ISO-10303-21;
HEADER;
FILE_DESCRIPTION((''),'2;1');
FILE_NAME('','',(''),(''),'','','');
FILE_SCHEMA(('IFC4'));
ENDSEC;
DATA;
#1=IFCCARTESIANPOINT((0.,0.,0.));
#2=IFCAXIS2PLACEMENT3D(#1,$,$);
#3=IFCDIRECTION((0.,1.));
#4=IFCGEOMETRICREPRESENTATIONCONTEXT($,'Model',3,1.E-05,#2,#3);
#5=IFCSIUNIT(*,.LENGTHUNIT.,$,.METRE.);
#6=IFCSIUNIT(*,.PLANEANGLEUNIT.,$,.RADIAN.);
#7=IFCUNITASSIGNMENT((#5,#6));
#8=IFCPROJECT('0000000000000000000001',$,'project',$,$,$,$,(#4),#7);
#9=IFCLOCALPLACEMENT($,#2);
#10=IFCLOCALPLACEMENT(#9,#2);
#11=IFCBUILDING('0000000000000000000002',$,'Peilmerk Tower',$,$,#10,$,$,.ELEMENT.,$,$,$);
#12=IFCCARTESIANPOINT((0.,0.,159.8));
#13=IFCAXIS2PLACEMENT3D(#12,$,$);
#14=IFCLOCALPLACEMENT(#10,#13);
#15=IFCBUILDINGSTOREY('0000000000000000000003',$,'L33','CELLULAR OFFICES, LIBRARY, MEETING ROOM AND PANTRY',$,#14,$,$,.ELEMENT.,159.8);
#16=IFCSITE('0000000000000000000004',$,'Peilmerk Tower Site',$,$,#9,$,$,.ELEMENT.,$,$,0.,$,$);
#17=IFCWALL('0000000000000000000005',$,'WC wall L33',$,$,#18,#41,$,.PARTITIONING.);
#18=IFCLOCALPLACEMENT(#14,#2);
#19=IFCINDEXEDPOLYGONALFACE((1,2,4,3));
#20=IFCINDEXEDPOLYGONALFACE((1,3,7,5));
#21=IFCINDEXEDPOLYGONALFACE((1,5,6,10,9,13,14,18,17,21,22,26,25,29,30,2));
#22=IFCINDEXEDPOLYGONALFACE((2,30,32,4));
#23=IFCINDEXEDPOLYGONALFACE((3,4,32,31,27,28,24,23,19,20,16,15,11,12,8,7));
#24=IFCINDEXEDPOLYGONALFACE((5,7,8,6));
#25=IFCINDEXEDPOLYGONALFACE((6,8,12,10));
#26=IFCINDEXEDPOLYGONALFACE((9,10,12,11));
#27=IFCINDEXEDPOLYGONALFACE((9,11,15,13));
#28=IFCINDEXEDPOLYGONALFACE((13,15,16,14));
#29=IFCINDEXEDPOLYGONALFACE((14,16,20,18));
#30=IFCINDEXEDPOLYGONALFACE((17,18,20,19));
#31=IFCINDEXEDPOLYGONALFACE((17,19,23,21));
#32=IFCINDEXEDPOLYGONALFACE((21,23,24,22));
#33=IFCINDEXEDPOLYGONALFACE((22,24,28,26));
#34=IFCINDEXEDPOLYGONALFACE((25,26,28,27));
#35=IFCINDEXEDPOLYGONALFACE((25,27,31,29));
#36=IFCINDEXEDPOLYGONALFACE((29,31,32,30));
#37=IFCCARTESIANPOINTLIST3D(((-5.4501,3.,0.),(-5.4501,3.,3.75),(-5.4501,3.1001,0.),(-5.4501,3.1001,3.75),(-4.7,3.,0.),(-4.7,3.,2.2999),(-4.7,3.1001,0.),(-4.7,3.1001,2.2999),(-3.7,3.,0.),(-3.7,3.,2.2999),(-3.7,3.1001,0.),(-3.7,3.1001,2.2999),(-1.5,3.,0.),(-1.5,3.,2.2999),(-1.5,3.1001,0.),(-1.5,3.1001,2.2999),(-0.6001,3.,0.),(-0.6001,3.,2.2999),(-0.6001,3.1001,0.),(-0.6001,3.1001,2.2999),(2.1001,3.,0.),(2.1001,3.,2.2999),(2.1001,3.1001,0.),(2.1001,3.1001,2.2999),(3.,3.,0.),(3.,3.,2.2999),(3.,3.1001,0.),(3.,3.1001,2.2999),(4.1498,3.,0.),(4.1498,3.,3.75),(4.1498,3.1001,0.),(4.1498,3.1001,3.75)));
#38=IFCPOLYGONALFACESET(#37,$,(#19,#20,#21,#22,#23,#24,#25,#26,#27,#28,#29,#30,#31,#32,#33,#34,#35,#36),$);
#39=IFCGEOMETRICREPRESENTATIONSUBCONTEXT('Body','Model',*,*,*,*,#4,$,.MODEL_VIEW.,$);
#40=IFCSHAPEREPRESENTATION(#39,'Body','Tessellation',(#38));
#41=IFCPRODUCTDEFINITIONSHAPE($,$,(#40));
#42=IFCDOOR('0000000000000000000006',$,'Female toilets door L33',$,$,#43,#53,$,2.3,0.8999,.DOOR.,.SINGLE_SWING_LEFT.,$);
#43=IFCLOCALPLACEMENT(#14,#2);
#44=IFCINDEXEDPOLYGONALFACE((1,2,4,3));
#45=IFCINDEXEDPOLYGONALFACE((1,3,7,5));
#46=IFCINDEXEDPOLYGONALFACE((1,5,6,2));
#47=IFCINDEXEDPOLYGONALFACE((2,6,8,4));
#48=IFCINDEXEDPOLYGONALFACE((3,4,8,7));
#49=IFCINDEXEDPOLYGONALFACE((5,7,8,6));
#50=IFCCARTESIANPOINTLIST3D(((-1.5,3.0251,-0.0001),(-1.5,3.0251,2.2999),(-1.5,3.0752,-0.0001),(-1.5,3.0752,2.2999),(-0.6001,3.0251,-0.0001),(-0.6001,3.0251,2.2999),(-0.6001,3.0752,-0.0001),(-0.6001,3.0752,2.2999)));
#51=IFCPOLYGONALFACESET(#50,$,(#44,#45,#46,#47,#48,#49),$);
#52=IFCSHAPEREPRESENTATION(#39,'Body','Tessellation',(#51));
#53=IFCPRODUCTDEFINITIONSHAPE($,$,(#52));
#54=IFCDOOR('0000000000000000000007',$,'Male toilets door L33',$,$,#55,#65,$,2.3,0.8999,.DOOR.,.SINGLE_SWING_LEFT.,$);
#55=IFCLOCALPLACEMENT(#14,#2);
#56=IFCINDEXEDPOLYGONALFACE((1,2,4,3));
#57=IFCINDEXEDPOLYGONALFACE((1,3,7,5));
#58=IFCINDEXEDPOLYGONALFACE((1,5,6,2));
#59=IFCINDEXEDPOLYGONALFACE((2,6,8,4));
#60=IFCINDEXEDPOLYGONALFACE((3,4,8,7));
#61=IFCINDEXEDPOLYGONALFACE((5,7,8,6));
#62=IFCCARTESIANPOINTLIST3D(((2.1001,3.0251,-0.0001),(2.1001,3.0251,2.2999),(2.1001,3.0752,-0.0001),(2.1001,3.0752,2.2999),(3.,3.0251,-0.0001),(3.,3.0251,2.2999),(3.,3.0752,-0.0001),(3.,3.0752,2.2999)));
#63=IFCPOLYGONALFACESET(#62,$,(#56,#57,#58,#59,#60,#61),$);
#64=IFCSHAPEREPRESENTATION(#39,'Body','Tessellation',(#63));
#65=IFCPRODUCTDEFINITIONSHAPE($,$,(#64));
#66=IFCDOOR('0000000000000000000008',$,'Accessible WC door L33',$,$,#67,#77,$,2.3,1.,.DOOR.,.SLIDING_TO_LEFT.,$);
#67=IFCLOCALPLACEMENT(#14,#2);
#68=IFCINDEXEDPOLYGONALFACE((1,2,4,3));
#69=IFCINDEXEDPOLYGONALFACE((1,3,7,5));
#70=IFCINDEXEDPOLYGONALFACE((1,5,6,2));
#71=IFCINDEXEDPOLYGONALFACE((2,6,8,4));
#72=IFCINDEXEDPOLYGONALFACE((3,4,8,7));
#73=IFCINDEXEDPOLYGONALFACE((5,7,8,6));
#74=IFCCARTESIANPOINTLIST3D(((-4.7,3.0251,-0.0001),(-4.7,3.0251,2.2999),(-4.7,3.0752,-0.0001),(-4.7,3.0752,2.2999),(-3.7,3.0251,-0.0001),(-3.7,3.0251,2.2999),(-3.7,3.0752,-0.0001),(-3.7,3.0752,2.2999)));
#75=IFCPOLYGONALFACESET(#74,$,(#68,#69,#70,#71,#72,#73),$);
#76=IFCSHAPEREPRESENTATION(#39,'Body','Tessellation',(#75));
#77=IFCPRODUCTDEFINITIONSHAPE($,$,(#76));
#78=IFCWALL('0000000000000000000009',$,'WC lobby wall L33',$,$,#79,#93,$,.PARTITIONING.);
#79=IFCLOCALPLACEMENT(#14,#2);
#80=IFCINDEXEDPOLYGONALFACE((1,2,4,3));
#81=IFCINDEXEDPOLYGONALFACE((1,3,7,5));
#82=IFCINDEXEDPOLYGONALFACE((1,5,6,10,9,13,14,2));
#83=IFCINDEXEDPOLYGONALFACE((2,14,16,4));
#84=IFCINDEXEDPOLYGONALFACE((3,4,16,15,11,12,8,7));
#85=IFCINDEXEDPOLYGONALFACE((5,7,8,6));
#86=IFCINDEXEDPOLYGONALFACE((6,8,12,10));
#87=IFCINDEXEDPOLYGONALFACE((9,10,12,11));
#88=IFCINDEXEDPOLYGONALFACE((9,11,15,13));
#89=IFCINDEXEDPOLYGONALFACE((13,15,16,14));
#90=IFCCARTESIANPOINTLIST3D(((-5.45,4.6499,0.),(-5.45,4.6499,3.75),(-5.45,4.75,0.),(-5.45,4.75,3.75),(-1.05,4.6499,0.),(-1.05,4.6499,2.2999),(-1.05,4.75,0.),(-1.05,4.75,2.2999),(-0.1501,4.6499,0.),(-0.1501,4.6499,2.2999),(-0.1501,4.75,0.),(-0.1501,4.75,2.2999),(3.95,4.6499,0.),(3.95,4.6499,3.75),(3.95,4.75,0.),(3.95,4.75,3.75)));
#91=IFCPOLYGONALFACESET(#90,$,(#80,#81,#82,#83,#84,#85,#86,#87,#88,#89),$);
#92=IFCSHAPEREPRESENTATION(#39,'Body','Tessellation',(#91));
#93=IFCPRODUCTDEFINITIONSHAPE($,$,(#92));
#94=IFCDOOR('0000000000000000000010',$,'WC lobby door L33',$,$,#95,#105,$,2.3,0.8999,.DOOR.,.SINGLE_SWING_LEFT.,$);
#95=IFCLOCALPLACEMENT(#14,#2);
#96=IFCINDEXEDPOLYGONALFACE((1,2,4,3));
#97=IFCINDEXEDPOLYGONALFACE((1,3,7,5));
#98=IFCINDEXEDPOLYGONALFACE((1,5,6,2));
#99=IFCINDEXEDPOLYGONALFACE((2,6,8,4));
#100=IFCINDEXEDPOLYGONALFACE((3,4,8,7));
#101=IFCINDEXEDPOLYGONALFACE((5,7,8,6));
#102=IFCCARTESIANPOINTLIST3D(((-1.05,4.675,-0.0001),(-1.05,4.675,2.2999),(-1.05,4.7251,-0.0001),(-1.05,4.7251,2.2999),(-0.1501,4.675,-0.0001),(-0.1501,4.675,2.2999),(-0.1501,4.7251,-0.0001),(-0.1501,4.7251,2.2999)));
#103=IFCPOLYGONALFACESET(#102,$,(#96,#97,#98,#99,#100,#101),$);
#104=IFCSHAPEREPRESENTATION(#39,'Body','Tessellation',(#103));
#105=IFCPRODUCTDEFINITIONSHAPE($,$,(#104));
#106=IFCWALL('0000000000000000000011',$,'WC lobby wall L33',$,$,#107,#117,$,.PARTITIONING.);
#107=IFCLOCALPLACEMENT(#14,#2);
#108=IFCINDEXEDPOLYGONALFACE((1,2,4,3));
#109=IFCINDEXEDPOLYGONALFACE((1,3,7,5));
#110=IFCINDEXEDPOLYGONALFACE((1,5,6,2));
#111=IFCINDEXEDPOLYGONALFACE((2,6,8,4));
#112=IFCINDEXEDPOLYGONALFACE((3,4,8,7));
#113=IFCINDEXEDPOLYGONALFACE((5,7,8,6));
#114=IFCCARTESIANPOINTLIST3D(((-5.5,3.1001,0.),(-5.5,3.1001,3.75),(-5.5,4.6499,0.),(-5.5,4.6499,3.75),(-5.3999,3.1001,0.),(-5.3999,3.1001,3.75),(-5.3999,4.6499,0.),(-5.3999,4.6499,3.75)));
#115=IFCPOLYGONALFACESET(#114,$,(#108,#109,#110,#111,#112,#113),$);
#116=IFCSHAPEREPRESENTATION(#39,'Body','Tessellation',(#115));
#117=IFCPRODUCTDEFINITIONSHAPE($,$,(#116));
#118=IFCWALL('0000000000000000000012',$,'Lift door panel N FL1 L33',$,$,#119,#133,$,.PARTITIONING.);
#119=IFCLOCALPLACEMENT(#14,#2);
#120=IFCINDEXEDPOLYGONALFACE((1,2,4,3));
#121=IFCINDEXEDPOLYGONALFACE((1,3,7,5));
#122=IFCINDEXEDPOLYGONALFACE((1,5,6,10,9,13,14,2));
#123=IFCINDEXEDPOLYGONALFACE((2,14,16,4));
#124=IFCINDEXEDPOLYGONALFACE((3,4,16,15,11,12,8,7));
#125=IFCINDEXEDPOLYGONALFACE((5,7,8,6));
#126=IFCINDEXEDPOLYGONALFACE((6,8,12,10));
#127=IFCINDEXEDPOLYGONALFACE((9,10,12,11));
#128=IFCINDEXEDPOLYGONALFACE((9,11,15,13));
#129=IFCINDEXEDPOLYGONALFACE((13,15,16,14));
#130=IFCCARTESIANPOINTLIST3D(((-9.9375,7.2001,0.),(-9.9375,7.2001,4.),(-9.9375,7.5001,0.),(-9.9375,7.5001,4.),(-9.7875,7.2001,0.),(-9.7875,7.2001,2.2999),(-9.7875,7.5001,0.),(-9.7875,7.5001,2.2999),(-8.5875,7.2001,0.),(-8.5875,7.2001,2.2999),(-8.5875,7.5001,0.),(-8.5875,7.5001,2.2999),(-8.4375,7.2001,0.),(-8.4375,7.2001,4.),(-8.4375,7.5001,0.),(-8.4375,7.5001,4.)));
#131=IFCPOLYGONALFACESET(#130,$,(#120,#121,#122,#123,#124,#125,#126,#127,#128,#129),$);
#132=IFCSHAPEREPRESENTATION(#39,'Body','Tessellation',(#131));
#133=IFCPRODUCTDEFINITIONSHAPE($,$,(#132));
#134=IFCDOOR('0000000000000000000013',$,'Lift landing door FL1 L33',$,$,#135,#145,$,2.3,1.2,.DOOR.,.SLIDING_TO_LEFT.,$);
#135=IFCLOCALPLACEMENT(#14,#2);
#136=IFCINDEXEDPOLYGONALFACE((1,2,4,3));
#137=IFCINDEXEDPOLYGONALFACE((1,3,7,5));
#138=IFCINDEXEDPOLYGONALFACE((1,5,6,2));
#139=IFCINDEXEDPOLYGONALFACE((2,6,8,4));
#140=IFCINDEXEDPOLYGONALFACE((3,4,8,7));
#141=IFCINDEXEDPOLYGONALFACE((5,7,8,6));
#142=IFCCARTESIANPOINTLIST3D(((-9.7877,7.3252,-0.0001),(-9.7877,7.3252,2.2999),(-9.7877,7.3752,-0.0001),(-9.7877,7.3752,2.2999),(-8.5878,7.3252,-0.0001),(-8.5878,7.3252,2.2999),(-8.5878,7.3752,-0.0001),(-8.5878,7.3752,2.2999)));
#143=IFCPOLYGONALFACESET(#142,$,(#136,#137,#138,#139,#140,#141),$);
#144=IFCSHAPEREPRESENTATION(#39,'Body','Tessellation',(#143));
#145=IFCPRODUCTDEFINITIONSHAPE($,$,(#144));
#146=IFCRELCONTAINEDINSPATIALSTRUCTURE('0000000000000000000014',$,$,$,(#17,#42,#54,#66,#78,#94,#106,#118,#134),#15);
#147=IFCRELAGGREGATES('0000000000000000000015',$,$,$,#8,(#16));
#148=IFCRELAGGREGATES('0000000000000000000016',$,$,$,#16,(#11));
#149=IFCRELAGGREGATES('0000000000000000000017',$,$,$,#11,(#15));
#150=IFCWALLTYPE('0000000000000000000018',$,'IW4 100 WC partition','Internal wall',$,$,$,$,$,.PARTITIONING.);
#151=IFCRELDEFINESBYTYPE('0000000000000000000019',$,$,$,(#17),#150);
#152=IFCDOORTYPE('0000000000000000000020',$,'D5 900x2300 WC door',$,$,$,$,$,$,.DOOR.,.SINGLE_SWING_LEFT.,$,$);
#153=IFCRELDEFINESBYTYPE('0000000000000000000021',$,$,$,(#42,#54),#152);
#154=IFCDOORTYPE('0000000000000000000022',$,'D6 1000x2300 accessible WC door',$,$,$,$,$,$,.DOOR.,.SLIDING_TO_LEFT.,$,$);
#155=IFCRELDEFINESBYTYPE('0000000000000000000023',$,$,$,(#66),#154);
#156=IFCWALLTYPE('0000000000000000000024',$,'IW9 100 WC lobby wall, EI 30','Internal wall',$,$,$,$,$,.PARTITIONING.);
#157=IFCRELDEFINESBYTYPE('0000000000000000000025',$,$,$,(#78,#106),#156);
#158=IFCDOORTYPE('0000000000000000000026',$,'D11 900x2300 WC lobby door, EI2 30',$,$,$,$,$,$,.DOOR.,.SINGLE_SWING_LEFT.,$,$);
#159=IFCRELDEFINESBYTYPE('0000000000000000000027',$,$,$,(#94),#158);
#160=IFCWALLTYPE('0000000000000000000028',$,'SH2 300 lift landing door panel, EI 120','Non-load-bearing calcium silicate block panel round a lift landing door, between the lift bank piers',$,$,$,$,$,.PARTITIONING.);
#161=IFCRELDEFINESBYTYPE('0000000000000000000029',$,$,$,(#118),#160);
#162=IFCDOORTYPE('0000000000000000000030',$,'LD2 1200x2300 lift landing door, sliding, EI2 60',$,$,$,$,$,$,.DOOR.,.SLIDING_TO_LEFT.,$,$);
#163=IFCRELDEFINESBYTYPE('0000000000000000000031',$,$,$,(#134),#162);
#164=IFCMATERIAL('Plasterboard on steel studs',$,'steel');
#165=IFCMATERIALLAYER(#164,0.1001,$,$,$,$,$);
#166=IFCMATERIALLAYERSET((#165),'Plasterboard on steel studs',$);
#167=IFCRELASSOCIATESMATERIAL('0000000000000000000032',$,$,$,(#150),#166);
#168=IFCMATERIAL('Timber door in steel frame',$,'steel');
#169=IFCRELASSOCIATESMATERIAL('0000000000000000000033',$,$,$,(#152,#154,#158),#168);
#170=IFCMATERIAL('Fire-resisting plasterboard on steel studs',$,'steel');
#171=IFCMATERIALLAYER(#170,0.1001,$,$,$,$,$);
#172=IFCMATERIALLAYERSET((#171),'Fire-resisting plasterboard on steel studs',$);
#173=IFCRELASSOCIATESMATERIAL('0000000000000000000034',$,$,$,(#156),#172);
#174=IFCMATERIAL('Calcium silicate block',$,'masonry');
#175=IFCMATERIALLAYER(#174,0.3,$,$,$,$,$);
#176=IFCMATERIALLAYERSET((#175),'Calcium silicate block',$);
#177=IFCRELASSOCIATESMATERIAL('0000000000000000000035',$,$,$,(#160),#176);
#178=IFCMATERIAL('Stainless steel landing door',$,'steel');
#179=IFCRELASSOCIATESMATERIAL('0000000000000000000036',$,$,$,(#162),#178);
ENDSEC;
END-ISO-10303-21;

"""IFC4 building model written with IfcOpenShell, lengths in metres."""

from ifc_helpers import new_model, si_unit, direction, frame, frame_2d, origin, place, context, subcontext, project, spatial, rectangle, extrude, material, layer, layer_set, type_object, element, fill, save


model = new_model("IFC4")

# Units and contexts
model_context = context("Model", 3, precision=1e-05, world=origin(), true_north=direction((0.0, 1.0)))
body_context = subcontext(model_context, "Body", "Model", "MODEL_VIEW")
ifc_project = project(units=[si_unit("LENGTHUNIT", "METRE"), si_unit("PLANEANGLEUNIT", "RADIAN")], contexts=[model_context])

# Site, building, storey
site_placement = place(None, origin())
site = spatial("IfcSite", under=ifc_project, at=site_placement, Name="Peilmerk Tower Site", CompositionType="ELEMENT", RefElevation=0.0)
building_placement = place(site_placement, origin())
building = spatial("IfcBuilding", under=site, at=building_placement, Name="Peilmerk Tower", CompositionType="ELEMENT")
storey_placement = place(building_placement, frame((0.0, 0.0, 159.8)))
storey = spatial("IfcBuildingStorey", under=building, at=storey_placement, Name="L33", Description="CELLULAR OFFICES, LIBRARY, MEETING ROOM AND PANTRY", CompositionType="ELEMENT", Elevation=159.8)

# Wall, openings, doors
ifc_material_1 = material(Name="Plasterboard on steel studs", Category="steel")
ifc_layer_1 = layer(ifc_material_1, 0.1001)
ifc_layer_set_1 = layer_set([ifc_layer_1], Name="Plasterboard on steel studs")
wall_type_1 = type_object("IfcWallType", Name="IW4 100 WC partition", Description="Internal wall", PredefinedType="PARTITIONING", material=ifc_layer_set_1)
wall_1_placement = place(storey_placement, frame((-5.45, 3.05, 0.0), z_axis=(0.0, 0.0, 1.0), x_axis=(1.0, 0.0, 0.0)))
wall_1 = element("IfcWall", 1, at=wall_1_placement, inside=storey, type_object=wall_type_1, Name="WC wall L33", PredefinedType="PARTITIONING", context=body_context, shape_type="SweptSolid", body=[
    extrude(rectangle(XDim=9.5999, YDim=0.1001, at=frame_2d((4.7998, 0.0))), origin(), (0.0, 0.0, 1.0), 3.75),
])
opening_1_placement = place(wall_1_placement, frame((0.75, 0.0, 0.0)))
opening_1 = element("IfcOpeningElement", 2, at=opening_1_placement, cuts=wall_1, PredefinedType="OPENING", context=body_context, shape_type="SweptSolid", body=[
    extrude(rectangle(XDim=1.0, YDim=2.3, at=frame_2d((0.5, 1.1499))), frame((0.0, 0.0601, 0.0), z_axis=(0.0, -1.0, 0.0), x_axis=(1.0, 0.0, 0.0)), (0.0, 0.0, 1.0), 0.1201),
])
opening_2_placement = place(wall_1_placement, frame((3.95, 0.0, 0.0)))
opening_2 = element("IfcOpeningElement", 3, at=opening_2_placement, cuts=wall_1, PredefinedType="OPENING", context=body_context, shape_type="SweptSolid", body=[
    extrude(rectangle(XDim=0.8999, YDim=2.3, at=frame_2d((0.45, 1.1499))), frame((0.0, 0.0601, 0.0), z_axis=(0.0, -1.0, 0.0), x_axis=(1.0, 0.0, 0.0)), (0.0, 0.0, 1.0), 0.1201),
])
opening_3_placement = place(wall_1_placement, frame((7.55, 0.0, 0.0)))
opening_3 = element("IfcOpeningElement", 4, at=opening_3_placement, cuts=wall_1, PredefinedType="OPENING", context=body_context, shape_type="SweptSolid", body=[
    extrude(rectangle(XDim=0.8999, YDim=2.3, at=frame_2d((0.45, 1.1499))), frame((0.0, 0.0601, 0.0), z_axis=(0.0, -1.0, 0.0), x_axis=(1.0, 0.0, 0.0)), (0.0, 0.0, 1.0), 0.1201),
])
ifc_material_2 = material(Name="Timber door in steel frame", Category="steel")
door_type_1 = type_object("IfcDoorType", Name="D5 900x2300 WC door", OperationType="SINGLE_SWING_LEFT", PredefinedType="DOOR", material=ifc_material_2)
door_1_placement = place(opening_2_placement, frame((0.8999, 0.0, 0.0), z_axis=(0.0, 0.0, 1.0), x_axis=(-1.0, 0.0, 0.0)))
door_1 = element("IfcDoor", 5, at=door_1_placement, inside=storey, type_object=door_type_1, Name="Female toilets door L33", OperationType="SINGLE_SWING_LEFT", OverallHeight=2.3, OverallWidth=0.8999, PredefinedType="DOOR", context=body_context, shape_type="SweptSolid", body=[
    extrude(rectangle(XDim=0.8999, YDim=2.3, at=frame_2d((0.45, 1.1499))), frame((0.0, 0.0249, 0.0), z_axis=(0.0, -1.0, 0.0), x_axis=(1.0, 0.0, 0.0)), (0.0, 0.0, 1.0), 0.05),
])
fill(opening_2, door_1)
door_2_placement = place(opening_3_placement, frame((0.8999, 0.0, 0.0), z_axis=(0.0, 0.0, 1.0), x_axis=(-1.0, 0.0, 0.0)))
door_2 = element("IfcDoor", 6, at=door_2_placement, inside=storey, type_object=door_type_1, Name="Male toilets door L33", OperationType="SINGLE_SWING_LEFT", OverallHeight=2.3, OverallWidth=0.8999, PredefinedType="DOOR", context=body_context, shape_type="SweptSolid", body=[
    extrude(rectangle(XDim=0.8999, YDim=2.3, at=frame_2d((0.45, 1.1499))), frame((0.0, 0.0249, 0.0), z_axis=(0.0, -1.0, 0.0), x_axis=(1.0, 0.0, 0.0)), (0.0, 0.0, 1.0), 0.05),
])
fill(opening_3, door_2)
door_type_2 = type_object("IfcDoorType", Name="D6 1000x2300 accessible WC door", OperationType="SLIDING_TO_LEFT", PredefinedType="DOOR", material=ifc_material_2)
door_3_placement = place(opening_1_placement, frame((1.0, 0.0, 0.0), z_axis=(0.0, 0.0, 1.0), x_axis=(-1.0, 0.0, 0.0)))
door_3 = element("IfcDoor", 7, at=door_3_placement, inside=storey, type_object=door_type_2, Name="Accessible WC door L33", OperationType="SLIDING_TO_LEFT", OverallHeight=2.3, OverallWidth=1.0, PredefinedType="DOOR", context=body_context, shape_type="SweptSolid", body=[
    extrude(rectangle(XDim=1.0, YDim=2.3, at=frame_2d((0.5, 1.1499))), frame((0.0, 0.0249, 0.0), z_axis=(0.0, -1.0, 0.0), x_axis=(1.0, 0.0, 0.0)), (0.0, 0.0, 1.0), 0.05),
])
fill(opening_1, door_3)

# Wall, opening, door
ifc_material_3 = material(Name="Fire-resisting plasterboard on steel studs", Category="steel")
ifc_layer_2 = layer(ifc_material_3, 0.1001)
ifc_layer_set_2 = layer_set([ifc_layer_2], Name="Fire-resisting plasterboard on steel studs")
wall_type_2 = type_object("IfcWallType", Name="IW9 100 WC lobby wall, EI 30", Description="Internal wall", PredefinedType="PARTITIONING", material=ifc_layer_set_2)
wall_2_placement = place(storey_placement, frame((-5.45, 4.7, 0.0), z_axis=(0.0, 0.0, 1.0), x_axis=(1.0, 0.0, 0.0)))
wall_2 = element("IfcWall", 8, at=wall_2_placement, inside=storey, type_object=wall_type_2, Name="WC lobby wall L33", PredefinedType="PARTITIONING", context=body_context, shape_type="SweptSolid", body=[
    extrude(rectangle(XDim=9.3999, YDim=0.1001, at=frame_2d((4.7, 0.0))), origin(), (0.0, 0.0, 1.0), 3.75),
])
opening_4_placement = place(wall_2_placement, frame((4.3999, 0.0, 0.0)))
opening_4 = element("IfcOpeningElement", 9, at=opening_4_placement, cuts=wall_2, PredefinedType="OPENING", context=body_context, shape_type="SweptSolid", body=[
    extrude(rectangle(XDim=0.8999, YDim=2.3, at=frame_2d((0.45, 1.1499))), frame((0.0, 0.0601, 0.0), z_axis=(0.0, -1.0, 0.0), x_axis=(1.0, 0.0, 0.0)), (0.0, 0.0, 1.0), 0.1201),
])
door_type_3 = type_object("IfcDoorType", Name="D11 900x2300 WC lobby door, EI2 30", OperationType="SINGLE_SWING_LEFT", PredefinedType="DOOR", material=ifc_material_2)
door_4_placement = place(opening_4_placement, frame((0.8999, 0.0, 0.0), z_axis=(0.0, 0.0, 1.0), x_axis=(-1.0, 0.0, 0.0)))
door_4 = element("IfcDoor", 10, at=door_4_placement, inside=storey, type_object=door_type_3, Name="WC lobby door L33", OperationType="SINGLE_SWING_LEFT", OverallHeight=2.3, OverallWidth=0.8999, PredefinedType="DOOR", context=body_context, shape_type="SweptSolid", body=[
    extrude(rectangle(XDim=0.8999, YDim=2.3, at=frame_2d((0.45, 1.1499))), frame((0.0, 0.0249, 0.0), z_axis=(0.0, -1.0, 0.0), x_axis=(1.0, 0.0, 0.0)), (0.0, 0.0, 1.0), 0.05),
])
fill(opening_4, door_4)

# Wall
wall_3_placement = place(storey_placement, frame((-5.45, 3.1001, 0.0), z_axis=(0.0, 0.0, 1.0), x_axis=(0.0, 1.0, 0.0)))
element("IfcWall", 11, at=wall_3_placement, inside=storey, type_object=wall_type_2, Name="WC lobby wall L33", PredefinedType="PARTITIONING", context=body_context, shape_type="SweptSolid", body=[
    extrude(rectangle(XDim=1.5498, YDim=0.1001, at=frame_2d((0.7749, 0.0))), origin(), (0.0, 0.0, 1.0), 3.75),
])

# Wall, opening, door
ifc_material_4 = material(Name="Calcium silicate block", Category="masonry")
ifc_layer_3 = layer(ifc_material_4, 0.3)
ifc_layer_set_3 = layer_set([ifc_layer_3], Name="Calcium silicate block")
wall_type_3 = type_object("IfcWallType", Name="SH2 300 lift landing door panel, EI 120", Description="Non-load-bearing calcium silicate block panel round a lift landing door, between the lift bank piers", PredefinedType="PARTITIONING", material=ifc_layer_set_3)
wall_4_placement = place(storey_placement, frame((-9.9375, 7.3501, 0.0), z_axis=(0.0, 0.0, 1.0), x_axis=(1.0, 0.0, 0.0)))
wall_4 = element("IfcWall", 12, at=wall_4_placement, inside=storey, type_object=wall_type_3, Name="Lift door panel N FL1 L33", PredefinedType="PARTITIONING", context=body_context, shape_type="SweptSolid", body=[
    extrude(rectangle(XDim=1.5, YDim=0.3, at=frame_2d((0.75, 0.0))), origin(), (0.0, 0.0, 1.0), 4.0),
])
opening_5_placement = place(wall_4_placement, frame((0.1499, 0.0, 0.0)))
opening_5 = element("IfcOpeningElement", 13, at=opening_5_placement, cuts=wall_4, PredefinedType="OPENING", context=body_context, shape_type="SweptSolid", body=[
    extrude(rectangle(XDim=1.2, YDim=2.3, at=frame_2d((0.6001, 1.1499))), frame((0.0, 0.1599, 0.0), z_axis=(0.0, -1.0, 0.0), x_axis=(1.0, 0.0, 0.0)), (0.0, 0.0, 1.0), 0.3201),
])
ifc_material_5 = material(Name="Stainless steel landing door", Category="steel")
door_type_4 = type_object("IfcDoorType", Name="LD2 1200x2300 lift landing door, sliding, EI2 60", OperationType="SLIDING_TO_LEFT", PredefinedType="DOOR", material=ifc_material_5)
door_5_placement = place(opening_5_placement, frame((1.2, 0.0, 0.0), z_axis=(0.0, 0.0, 1.0), x_axis=(-1.0, 0.0, 0.0)))
door_5 = element("IfcDoor", 14, at=door_5_placement, inside=storey, type_object=door_type_4, Name="Lift landing door FL1 L33", OperationType="SLIDING_TO_LEFT", OverallHeight=2.3, OverallWidth=1.2, PredefinedType="DOOR", context=body_context, shape_type="SweptSolid", body=[
    extrude(rectangle(XDim=1.2, YDim=2.3, at=frame_2d((0.6001, 1.1499))), frame((0.0, 0.0249, 0.0), z_axis=(0.0, -1.0, 0.0), x_axis=(1.0, 0.0, 0.0)), (0.0, 0.0, 1.0), 0.05),
])
fill(opening_5, door_5)

save(model, "model.ifc")
